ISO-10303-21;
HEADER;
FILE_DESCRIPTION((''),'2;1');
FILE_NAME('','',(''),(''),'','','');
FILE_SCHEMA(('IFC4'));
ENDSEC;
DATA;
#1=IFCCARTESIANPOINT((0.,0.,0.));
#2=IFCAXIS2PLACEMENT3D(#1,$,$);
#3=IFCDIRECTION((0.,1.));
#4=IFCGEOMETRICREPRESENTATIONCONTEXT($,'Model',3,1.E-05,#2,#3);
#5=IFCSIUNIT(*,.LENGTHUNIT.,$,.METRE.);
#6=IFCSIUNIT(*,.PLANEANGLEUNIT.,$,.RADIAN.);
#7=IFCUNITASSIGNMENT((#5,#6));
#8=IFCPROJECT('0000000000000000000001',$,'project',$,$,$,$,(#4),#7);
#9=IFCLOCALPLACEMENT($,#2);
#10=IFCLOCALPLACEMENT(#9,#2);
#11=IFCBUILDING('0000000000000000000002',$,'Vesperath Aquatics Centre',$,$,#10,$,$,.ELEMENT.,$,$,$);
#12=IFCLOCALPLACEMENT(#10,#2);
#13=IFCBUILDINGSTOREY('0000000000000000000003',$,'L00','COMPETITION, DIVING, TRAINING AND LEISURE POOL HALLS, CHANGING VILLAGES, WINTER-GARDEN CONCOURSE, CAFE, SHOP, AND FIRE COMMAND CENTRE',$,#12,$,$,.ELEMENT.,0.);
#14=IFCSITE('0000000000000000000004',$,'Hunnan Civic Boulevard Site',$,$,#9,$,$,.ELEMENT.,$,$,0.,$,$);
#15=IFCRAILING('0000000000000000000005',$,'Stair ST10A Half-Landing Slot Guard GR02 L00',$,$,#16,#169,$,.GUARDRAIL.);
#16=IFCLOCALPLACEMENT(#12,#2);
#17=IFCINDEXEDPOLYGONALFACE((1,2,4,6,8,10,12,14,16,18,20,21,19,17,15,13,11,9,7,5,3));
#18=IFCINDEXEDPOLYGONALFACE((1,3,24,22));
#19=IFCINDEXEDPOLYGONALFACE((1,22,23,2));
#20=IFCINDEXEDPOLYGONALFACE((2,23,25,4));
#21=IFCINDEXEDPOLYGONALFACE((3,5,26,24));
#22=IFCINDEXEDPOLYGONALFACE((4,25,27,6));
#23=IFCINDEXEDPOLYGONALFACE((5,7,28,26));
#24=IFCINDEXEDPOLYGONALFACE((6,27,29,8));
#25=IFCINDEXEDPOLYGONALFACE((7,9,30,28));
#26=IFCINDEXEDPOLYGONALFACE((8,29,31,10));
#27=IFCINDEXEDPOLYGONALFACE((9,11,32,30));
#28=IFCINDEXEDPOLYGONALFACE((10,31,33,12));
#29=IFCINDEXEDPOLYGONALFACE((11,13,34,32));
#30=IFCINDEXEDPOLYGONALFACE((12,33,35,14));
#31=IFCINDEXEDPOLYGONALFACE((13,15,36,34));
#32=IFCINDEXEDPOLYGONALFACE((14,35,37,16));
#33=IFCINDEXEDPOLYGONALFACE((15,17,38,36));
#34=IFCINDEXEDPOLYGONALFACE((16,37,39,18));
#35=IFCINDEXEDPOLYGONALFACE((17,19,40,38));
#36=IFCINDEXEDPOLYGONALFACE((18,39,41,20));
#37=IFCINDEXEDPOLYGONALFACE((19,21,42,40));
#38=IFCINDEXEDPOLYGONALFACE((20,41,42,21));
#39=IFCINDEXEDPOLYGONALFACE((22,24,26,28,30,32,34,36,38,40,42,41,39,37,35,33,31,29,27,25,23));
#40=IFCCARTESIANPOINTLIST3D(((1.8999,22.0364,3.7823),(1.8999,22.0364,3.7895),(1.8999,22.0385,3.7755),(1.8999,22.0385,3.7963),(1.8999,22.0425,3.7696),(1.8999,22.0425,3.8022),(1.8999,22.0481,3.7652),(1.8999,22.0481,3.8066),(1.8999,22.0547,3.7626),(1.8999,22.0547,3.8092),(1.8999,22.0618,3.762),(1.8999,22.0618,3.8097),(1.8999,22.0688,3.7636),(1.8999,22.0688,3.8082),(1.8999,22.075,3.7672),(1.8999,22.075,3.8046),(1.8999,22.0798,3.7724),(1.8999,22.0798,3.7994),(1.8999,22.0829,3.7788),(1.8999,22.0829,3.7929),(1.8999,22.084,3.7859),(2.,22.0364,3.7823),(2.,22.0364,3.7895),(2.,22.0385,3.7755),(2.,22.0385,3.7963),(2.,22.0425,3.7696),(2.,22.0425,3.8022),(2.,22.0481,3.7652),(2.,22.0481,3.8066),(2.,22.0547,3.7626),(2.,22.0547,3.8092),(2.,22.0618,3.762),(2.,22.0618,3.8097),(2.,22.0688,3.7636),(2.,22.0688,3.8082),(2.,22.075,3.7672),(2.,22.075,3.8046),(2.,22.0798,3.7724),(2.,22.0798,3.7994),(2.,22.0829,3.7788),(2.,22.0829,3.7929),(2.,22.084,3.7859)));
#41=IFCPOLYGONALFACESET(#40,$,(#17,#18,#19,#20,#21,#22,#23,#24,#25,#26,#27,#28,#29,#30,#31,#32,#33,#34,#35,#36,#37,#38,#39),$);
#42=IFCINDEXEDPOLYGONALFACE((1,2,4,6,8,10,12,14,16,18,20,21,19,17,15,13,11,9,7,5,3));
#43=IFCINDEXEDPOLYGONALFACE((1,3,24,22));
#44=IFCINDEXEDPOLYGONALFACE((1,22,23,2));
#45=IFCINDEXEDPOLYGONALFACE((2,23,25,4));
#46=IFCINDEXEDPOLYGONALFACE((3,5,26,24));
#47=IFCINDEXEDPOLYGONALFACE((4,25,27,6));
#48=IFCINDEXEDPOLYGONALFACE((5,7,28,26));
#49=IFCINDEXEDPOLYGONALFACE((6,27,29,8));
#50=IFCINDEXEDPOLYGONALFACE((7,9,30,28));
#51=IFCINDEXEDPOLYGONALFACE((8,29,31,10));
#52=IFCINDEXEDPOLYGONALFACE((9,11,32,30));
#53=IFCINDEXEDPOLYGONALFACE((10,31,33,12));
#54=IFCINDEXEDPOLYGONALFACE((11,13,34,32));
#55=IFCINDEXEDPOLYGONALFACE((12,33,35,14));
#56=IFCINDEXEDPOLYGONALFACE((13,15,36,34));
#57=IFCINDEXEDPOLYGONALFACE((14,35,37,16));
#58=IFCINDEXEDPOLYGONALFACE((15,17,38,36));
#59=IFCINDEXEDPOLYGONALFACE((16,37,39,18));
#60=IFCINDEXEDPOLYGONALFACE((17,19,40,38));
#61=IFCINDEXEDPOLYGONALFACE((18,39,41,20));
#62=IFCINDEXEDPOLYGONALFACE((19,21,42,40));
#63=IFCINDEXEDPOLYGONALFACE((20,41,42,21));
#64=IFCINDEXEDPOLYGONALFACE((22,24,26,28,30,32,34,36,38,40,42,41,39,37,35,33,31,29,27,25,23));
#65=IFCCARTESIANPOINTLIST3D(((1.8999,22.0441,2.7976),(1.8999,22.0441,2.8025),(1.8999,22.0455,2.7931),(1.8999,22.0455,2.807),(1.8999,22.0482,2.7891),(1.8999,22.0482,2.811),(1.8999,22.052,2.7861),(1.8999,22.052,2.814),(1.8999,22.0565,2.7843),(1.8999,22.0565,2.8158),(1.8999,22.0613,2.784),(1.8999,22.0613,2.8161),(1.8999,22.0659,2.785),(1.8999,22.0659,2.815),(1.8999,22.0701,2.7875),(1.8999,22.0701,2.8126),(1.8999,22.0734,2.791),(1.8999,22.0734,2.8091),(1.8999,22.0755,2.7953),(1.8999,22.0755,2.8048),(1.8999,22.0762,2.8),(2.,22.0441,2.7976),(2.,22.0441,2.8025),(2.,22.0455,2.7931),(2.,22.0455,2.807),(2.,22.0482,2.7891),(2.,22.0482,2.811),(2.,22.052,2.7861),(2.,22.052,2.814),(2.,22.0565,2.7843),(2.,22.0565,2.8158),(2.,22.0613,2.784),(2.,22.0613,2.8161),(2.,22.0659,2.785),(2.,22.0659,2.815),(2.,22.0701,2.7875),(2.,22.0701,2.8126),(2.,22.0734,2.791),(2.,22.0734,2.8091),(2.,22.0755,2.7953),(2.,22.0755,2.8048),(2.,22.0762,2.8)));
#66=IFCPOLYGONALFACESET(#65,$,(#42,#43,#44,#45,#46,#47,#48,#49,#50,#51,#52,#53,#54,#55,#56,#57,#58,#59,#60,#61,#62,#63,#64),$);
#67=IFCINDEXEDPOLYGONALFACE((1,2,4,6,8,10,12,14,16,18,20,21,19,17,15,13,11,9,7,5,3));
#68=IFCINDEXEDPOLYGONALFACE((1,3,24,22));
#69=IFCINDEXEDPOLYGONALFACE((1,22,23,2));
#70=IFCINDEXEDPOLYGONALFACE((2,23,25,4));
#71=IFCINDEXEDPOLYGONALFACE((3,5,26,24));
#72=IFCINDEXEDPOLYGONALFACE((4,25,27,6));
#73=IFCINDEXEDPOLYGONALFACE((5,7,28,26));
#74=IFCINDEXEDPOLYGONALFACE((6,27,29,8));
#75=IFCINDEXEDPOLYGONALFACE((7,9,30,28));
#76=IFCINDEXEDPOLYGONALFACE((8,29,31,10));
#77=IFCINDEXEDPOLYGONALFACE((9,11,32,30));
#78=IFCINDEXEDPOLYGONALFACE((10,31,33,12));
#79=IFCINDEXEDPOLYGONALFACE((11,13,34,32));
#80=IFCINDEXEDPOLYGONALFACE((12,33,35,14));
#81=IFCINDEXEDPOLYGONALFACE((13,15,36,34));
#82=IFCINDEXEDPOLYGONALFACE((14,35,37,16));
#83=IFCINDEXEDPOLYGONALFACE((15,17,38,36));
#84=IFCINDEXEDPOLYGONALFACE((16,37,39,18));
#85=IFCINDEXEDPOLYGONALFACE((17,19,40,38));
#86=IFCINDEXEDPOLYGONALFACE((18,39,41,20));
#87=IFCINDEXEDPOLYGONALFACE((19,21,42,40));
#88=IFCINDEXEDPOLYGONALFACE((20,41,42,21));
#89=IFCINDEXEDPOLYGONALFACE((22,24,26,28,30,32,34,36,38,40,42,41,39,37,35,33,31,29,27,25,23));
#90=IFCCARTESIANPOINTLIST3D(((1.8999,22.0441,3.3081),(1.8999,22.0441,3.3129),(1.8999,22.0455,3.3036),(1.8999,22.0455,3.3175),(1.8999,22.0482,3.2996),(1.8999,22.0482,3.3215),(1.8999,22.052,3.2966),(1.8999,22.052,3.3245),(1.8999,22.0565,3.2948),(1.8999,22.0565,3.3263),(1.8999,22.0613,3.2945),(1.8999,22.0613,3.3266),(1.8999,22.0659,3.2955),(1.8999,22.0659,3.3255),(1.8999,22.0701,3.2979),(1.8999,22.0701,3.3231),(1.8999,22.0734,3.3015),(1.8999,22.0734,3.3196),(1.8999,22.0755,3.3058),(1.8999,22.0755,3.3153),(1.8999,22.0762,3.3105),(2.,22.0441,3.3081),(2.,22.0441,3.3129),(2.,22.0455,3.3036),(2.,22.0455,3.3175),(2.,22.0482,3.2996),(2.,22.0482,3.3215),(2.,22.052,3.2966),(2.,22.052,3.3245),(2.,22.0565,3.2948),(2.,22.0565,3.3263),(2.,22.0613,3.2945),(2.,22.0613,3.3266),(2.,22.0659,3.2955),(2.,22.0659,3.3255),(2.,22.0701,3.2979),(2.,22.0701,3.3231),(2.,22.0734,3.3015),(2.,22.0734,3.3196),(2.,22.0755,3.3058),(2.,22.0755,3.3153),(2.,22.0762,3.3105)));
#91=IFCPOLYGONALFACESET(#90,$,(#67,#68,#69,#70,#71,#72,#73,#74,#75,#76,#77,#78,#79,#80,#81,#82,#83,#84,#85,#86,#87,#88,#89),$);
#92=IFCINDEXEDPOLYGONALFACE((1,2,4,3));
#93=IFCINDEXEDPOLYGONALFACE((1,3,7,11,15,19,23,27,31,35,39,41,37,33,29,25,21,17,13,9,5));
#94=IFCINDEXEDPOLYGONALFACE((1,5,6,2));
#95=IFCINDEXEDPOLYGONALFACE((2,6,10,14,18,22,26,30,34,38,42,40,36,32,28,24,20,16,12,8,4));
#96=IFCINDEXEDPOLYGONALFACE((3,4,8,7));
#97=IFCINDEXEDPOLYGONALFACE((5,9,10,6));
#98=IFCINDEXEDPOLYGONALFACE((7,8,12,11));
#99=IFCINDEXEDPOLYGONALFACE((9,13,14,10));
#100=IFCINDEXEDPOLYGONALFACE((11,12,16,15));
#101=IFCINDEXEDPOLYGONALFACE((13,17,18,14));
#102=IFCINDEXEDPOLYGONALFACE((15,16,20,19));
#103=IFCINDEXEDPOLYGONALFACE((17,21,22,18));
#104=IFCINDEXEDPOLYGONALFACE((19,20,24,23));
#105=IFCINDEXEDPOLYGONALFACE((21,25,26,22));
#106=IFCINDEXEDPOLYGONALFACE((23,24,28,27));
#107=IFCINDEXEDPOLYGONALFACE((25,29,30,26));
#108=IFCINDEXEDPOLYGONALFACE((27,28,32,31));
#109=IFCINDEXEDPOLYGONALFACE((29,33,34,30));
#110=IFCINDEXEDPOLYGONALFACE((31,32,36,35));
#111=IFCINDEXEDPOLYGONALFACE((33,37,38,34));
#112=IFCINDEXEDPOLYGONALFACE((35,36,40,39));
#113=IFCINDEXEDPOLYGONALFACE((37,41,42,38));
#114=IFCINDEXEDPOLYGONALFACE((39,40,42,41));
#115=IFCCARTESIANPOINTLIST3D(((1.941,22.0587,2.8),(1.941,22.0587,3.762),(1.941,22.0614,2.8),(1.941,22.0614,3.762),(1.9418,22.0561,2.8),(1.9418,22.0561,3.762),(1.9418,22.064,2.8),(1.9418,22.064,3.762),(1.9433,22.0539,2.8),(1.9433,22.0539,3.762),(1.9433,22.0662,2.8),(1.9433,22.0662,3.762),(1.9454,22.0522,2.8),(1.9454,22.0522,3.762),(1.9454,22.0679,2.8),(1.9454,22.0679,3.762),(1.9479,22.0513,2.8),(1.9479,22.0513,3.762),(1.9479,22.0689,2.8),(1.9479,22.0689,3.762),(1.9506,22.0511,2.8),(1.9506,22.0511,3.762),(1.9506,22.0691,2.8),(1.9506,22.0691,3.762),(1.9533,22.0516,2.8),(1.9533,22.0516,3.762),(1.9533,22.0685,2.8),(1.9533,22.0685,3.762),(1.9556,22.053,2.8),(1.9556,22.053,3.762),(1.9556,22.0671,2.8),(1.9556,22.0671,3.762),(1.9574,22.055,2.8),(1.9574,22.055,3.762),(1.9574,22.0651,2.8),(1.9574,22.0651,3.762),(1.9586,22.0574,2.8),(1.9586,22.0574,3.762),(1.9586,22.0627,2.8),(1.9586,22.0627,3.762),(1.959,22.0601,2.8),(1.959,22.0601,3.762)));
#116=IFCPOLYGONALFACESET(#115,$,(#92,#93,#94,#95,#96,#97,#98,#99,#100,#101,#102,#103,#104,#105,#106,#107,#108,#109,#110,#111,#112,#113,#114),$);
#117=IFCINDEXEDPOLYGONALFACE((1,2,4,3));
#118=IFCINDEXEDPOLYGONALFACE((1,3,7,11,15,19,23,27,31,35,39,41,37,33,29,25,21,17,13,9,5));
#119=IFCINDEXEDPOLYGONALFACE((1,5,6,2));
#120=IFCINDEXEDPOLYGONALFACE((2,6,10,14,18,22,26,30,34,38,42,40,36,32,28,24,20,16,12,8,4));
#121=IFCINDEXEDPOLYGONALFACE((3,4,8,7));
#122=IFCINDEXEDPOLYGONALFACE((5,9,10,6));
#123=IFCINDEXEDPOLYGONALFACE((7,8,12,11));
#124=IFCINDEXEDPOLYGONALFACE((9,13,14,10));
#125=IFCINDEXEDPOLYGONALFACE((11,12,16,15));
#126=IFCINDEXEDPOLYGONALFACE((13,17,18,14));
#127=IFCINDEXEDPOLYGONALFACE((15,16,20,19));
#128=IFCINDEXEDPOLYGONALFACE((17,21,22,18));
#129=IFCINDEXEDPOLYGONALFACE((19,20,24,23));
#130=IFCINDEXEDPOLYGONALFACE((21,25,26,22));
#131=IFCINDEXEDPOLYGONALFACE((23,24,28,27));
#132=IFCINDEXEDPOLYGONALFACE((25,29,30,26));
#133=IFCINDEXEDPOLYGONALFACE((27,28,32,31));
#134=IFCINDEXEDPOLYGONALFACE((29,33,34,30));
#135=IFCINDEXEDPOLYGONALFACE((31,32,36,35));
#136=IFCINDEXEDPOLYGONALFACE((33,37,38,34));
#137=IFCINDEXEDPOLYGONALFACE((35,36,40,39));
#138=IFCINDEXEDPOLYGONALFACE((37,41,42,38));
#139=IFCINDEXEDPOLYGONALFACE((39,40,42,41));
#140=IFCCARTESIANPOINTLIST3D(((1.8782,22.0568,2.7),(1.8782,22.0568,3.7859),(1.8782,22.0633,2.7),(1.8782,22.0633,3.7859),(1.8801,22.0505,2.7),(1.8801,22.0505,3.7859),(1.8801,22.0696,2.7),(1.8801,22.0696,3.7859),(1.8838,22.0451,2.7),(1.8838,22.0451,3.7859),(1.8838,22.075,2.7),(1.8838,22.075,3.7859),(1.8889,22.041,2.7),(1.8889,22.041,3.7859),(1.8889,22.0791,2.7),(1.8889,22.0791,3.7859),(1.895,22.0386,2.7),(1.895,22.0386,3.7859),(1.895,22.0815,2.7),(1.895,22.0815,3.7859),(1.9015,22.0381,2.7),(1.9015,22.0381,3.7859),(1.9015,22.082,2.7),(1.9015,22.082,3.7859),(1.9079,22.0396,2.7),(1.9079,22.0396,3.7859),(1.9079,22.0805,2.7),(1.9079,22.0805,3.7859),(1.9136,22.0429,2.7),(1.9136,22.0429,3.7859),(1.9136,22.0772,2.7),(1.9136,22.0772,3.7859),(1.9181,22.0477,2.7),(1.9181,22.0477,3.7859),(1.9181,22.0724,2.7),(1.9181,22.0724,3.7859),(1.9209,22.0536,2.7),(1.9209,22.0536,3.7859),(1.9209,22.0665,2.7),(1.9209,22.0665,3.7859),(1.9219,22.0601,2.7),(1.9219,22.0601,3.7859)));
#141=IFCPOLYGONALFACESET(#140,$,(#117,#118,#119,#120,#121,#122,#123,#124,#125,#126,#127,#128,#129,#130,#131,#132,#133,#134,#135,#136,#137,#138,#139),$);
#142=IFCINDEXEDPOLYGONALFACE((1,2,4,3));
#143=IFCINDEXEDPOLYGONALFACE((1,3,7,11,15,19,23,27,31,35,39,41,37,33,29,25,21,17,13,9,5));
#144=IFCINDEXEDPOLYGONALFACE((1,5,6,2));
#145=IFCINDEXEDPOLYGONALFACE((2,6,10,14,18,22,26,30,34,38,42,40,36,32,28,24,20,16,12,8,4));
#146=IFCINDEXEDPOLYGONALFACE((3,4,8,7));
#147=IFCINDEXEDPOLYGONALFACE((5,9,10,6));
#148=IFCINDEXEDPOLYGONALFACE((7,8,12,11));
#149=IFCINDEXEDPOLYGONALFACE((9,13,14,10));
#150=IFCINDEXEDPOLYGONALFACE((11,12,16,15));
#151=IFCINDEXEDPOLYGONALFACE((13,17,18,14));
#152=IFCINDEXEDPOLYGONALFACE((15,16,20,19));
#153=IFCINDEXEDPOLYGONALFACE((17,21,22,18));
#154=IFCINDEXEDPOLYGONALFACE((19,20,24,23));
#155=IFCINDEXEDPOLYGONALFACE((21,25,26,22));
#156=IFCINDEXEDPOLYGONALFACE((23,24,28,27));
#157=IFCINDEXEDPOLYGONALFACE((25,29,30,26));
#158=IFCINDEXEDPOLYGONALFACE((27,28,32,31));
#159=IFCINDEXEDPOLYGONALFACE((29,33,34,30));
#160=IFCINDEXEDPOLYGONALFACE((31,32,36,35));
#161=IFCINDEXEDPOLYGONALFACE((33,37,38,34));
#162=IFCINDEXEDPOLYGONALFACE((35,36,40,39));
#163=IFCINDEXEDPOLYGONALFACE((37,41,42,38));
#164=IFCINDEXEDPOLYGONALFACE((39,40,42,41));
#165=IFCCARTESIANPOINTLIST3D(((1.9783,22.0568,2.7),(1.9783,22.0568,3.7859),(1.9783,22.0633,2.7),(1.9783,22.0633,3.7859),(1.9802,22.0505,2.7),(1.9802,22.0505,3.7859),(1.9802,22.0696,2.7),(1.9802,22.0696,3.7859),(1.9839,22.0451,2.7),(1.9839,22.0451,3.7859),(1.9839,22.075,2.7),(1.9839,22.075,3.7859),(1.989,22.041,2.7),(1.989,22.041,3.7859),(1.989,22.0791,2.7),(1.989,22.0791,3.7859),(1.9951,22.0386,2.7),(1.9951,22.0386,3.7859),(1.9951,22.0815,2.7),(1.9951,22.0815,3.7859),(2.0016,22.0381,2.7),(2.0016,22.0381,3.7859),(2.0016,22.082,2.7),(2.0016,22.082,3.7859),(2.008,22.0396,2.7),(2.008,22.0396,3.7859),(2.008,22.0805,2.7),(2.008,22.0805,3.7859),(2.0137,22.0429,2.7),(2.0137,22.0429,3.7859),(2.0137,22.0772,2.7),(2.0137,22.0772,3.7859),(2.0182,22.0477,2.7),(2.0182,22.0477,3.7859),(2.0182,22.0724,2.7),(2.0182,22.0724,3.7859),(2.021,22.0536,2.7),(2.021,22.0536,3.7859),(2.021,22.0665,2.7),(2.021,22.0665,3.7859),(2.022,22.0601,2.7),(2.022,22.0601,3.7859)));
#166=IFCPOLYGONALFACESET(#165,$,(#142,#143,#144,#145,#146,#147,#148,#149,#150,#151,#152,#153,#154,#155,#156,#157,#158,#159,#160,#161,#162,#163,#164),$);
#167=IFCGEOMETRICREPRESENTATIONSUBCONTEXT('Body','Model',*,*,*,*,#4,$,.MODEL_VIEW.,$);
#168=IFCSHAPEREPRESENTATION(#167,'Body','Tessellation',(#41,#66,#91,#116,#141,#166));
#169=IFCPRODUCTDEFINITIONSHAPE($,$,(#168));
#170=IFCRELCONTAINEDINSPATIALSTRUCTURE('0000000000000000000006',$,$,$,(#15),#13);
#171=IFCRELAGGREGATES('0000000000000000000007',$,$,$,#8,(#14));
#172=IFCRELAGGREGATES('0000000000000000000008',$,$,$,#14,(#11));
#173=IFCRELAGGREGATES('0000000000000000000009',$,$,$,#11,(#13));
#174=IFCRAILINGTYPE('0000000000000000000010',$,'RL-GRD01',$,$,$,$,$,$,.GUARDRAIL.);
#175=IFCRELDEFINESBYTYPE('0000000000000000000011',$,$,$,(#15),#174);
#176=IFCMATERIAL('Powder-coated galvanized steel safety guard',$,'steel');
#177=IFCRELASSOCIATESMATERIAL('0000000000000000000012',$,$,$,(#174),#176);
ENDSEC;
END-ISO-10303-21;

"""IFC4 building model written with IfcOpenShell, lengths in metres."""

from ifc_helpers import new_model, si_unit, direction, frame, origin, origin_2d, place, context, subcontext, project, spatial, circle, extrude, material, type_object, element, save


model = new_model("IFC4")

# Units and contexts
model_context = context("Model", 3, precision=1e-05, world=origin(), true_north=direction((0.0, 1.0)))
body_context = subcontext(model_context, "Body", "Model", "MODEL_VIEW")
ifc_project = project(units=[si_unit("LENGTHUNIT", "METRE"), si_unit("PLANEANGLEUNIT", "RADIAN")], contexts=[model_context])

# Site, building, storey
site_placement = place(None, origin())
site = spatial("IfcSite", under=ifc_project, at=site_placement, Name="Hunnan Civic Boulevard Site", CompositionType="ELEMENT", RefElevation=0.0)
building_placement = place(site_placement, origin())
building = spatial("IfcBuilding", under=site, at=building_placement, Name="Vesperath Aquatics Centre", CompositionType="ELEMENT")
storey_placement = place(building_placement, origin())
storey = spatial("IfcBuildingStorey", under=building, at=storey_placement, Name="L00", Description="COMPETITION, DIVING, TRAINING AND LEISURE POOL HALLS, CHANGING VILLAGES, WINTER-GARDEN CONCOURSE, CAFE, SHOP, AND FIRE COMMAND CENTRE", CompositionType="ELEMENT", Elevation=0.0)

# Railing
ifc_material_1 = material(Name="Powder-coated galvanized steel safety guard", Category="steel")
railing_type_1 = type_object("IfcRailingType", Name="RL-GRD01", PredefinedType="GUARDRAIL", material=ifc_material_1)
railing_1_placement = place(storey_placement, frame((1.8999, 22.0601, 2.7)))
element("IfcRailing", 1, at=railing_1_placement, inside=storey, type_object=railing_type_1, Name="Stair ST10A Half-Landing Slot Guard GR02 L00", PredefinedType="GUARDRAIL", context=body_context, shape_type="SweptSolid", body=[
    extrude(circle(Radius=0.0239, at=origin_2d()), frame((0.0, 0.0, 1.0859), z_axis=(1.0, 0.0, 0.0), x_axis=(0.0, 1.0, 0.0)), (0.0, 0.0, 1.0), 0.1001),
    extrude(circle(Radius=0.0161, at=origin_2d()), frame((0.0, 0.0, 0.1001), z_axis=(1.0, 0.0, 0.0), x_axis=(0.0, 1.0, 0.0)), (0.0, 0.0, 1.0), 0.1001),
    extrude(circle(Radius=0.0161, at=origin_2d()), frame((0.0, 0.0, 0.6106), z_axis=(1.0, 0.0, 0.0), x_axis=(0.0, 1.0, 0.0)), (0.0, 0.0, 1.0), 0.1001),
    extrude(circle(Radius=0.009, at=origin_2d()), frame((0.05, 0.0, 0.1001)), (0.0, 0.0, 1.0), 0.9619),
    extrude(circle(Radius=0.022, at=origin_2d()), origin(), (0.0, 0.0, 1.0), 1.0859),
    extrude(circle(Radius=0.022, at=origin_2d()), frame((0.1001, 0.0, 0.0)), (0.0, 0.0, 1.0), 1.0859),
])

save(model, "model.ifc")
